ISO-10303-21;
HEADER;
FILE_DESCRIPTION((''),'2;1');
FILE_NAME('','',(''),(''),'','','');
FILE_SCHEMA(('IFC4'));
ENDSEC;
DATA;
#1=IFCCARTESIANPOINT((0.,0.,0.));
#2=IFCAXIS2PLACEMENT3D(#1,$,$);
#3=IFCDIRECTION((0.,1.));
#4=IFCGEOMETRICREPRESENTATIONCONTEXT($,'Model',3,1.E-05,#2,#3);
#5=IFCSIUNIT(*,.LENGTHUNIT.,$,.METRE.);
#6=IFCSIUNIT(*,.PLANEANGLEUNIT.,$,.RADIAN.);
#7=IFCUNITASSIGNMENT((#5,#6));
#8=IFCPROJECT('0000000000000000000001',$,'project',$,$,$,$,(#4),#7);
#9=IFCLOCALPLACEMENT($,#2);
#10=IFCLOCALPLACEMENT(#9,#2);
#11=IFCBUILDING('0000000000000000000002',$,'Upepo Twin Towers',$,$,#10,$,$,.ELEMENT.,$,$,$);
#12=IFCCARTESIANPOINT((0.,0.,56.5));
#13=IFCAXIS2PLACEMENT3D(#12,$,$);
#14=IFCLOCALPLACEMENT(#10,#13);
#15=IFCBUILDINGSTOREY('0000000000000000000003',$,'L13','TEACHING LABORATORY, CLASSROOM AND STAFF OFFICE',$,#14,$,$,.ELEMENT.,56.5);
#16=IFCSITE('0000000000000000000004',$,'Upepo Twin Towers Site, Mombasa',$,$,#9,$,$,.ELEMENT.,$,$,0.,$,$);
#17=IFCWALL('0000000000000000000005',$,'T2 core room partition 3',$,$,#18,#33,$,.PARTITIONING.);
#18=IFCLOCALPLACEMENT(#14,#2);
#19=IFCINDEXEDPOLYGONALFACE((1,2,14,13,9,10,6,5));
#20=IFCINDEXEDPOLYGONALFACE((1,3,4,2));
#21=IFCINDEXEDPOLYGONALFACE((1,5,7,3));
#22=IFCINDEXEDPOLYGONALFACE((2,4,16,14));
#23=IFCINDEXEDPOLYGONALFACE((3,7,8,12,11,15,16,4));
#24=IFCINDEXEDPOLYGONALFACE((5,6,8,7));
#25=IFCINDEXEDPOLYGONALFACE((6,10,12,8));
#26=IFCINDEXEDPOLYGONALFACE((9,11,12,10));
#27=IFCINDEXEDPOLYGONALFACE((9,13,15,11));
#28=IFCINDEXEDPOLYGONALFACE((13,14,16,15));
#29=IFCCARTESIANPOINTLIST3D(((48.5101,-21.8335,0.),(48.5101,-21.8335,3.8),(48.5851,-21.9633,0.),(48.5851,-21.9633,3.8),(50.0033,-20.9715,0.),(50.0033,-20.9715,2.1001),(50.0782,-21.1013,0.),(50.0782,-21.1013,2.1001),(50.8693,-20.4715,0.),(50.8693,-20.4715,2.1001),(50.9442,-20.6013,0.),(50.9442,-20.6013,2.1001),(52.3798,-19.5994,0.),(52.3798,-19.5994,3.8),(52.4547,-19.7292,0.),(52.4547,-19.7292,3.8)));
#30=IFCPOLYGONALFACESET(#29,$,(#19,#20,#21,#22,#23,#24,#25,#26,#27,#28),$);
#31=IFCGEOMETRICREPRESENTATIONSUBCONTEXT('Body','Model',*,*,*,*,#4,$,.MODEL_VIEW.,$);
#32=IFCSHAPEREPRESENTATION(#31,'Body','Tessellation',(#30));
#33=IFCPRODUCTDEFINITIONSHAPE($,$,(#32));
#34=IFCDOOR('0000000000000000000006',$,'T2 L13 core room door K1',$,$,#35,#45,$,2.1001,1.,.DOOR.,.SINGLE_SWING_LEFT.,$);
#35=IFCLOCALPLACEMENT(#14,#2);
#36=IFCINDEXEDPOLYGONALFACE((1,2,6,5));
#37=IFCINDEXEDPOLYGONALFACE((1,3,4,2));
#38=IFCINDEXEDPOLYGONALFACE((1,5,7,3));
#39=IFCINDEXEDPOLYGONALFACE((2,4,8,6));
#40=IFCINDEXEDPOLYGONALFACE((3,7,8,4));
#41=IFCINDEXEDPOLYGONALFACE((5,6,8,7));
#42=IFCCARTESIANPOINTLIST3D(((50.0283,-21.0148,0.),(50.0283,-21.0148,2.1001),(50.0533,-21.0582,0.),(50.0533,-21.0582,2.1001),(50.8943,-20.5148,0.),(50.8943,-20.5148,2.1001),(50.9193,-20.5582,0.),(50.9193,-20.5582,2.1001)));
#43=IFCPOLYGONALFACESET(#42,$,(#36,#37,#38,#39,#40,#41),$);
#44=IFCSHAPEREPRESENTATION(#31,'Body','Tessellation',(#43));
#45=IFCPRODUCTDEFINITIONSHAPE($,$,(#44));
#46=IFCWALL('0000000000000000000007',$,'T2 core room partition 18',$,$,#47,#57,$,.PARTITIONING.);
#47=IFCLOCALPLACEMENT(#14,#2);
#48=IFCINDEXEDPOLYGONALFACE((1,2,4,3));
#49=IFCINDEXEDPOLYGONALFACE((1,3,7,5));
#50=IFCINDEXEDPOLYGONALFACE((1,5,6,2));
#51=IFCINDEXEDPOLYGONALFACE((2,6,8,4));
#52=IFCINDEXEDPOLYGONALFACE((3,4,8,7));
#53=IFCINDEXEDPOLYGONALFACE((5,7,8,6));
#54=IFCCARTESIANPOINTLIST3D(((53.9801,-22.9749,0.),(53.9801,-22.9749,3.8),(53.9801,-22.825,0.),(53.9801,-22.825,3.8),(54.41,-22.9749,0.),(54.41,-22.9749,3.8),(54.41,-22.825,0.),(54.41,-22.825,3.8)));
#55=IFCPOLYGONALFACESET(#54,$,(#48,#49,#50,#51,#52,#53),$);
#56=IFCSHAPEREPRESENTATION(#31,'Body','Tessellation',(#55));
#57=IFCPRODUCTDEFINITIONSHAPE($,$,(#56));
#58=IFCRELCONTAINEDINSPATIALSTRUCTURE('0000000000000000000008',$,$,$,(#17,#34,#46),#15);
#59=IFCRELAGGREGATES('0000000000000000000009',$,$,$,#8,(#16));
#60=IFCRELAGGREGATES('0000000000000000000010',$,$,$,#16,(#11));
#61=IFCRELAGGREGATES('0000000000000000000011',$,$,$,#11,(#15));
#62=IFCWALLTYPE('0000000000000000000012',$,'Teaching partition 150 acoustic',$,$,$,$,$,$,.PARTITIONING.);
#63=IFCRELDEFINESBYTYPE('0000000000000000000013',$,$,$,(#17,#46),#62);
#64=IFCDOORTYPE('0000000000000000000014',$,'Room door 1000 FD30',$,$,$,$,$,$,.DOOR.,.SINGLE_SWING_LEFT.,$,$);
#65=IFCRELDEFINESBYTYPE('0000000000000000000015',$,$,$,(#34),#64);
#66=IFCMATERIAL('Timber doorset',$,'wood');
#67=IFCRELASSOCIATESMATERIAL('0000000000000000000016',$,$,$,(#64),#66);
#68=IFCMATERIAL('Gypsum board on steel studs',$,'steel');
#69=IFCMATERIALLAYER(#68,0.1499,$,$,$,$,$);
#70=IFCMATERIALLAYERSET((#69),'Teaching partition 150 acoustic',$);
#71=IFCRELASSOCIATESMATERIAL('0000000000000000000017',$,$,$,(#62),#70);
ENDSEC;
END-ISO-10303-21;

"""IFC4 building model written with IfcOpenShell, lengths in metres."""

from ifc_helpers import new_model, si_unit, direction, frame, frame_2d, origin, place, context, subcontext, project, spatial, rectangle, extrude, material, layer, layer_set, type_object, element, fill, save


model = new_model("IFC4")

# Units and contexts
model_context = context("Model", 3, precision=1e-05, world=origin(), true_north=direction((0.0, 1.0)))
body_context = subcontext(model_context, "Body", "Model", "MODEL_VIEW")
ifc_project = project(units=[si_unit("LENGTHUNIT", "METRE"), si_unit("PLANEANGLEUNIT", "RADIAN")], contexts=[model_context])

# Site, building, storey
site_placement = place(None, origin())
site = spatial("IfcSite", under=ifc_project, at=site_placement, Name="Upepo Twin Towers Site, Mombasa", CompositionType="ELEMENT", RefElevation=0.0)
building_placement = place(site_placement, origin())
building = spatial("IfcBuilding", under=site, at=building_placement, Name="Upepo Twin Towers", CompositionType="ELEMENT")
storey_placement = place(building_placement, frame((0.0, 0.0, 56.5)))
storey = spatial("IfcBuildingStorey", under=building, at=storey_placement, Name="L13", Description="TEACHING LABORATORY, CLASSROOM AND STAFF OFFICE", CompositionType="ELEMENT", Elevation=56.5)

# Shared definitions
ifc_material_1 = material(Name="Timber doorset", Category="wood")
door_type_1 = type_object("IfcDoorType", Name="Room door 1000 FD30", OperationType="SINGLE_SWING_LEFT", PredefinedType="DOOR", material=ifc_material_1)

# Shared definitions
ifc_material_2 = material(Name="Gypsum board on steel studs", Category="steel")
ifc_layer_1 = layer(ifc_material_2, 0.1499)
ifc_layer_set_1 = layer_set([ifc_layer_1], Name="Teaching partition 150 acoustic")
wall_type_1 = type_object("IfcWallType", Name="Teaching partition 150 acoustic", PredefinedType="PARTITIONING", material=ifc_layer_set_1)

# Wall, opening, door
wall_1_placement = place(storey_placement, frame((48.5476, -21.8984, 0.0), z_axis=(0.0, 0.0, 1.0), x_axis=(0.866025, 0.5, 0.0)))
wall_1 = element("IfcWall", 1, at=wall_1_placement, inside=storey, type_object=wall_type_1, Name="T2 core room partition 3", PredefinedType="PARTITIONING", context=body_context, shape_type="SweptSolid", body=[
    extrude(rectangle(XDim=4.4683, YDim=0.1499, at=frame_2d((2.2341, 0.0))), origin(), (0.0, 0.0, 1.0), 3.8),
])
opening_1_placement = place(wall_1_placement, frame((1.7241, 0.0, 0.0)))
opening_1 = element("IfcOpeningElement", 2, at=opening_1_placement, cuts=wall_1, PredefinedType="OPENING", context=body_context, shape_type="SweptSolid", body=[
    extrude(rectangle(XDim=1.0, YDim=2.1001, at=frame_2d((0.5, 1.05))), frame((0.0, 0.085, 0.0), z_axis=(0.0, -1.0, 0.0), x_axis=(1.0, 0.0, 0.0)), (0.0, 0.0, 1.0), 0.1699),
])
door_1_placement = place(opening_1_placement, origin())
door_1 = element("IfcDoor", 3, at=door_1_placement, inside=storey, type_object=door_type_1, Name="T2 L13 core room door K1", OperationType="SINGLE_SWING_LEFT", OverallHeight=2.1001, OverallWidth=1.0, PredefinedType="DOOR", context=body_context, shape_type="SweptSolid", body=[
    extrude(rectangle(XDim=1.0, YDim=2.1001, at=frame_2d((0.5, 1.05))), frame((0.0, 0.0249, 0.0), z_axis=(0.0, -1.0, 0.0), x_axis=(1.0, 0.0, 0.0)), (0.0, 0.0, 1.0), 0.05),
])
fill(opening_1, door_1)

# Wall
wall_2_placement = place(storey_placement, frame((54.4099, -22.8999, 0.0), z_axis=(0.0, 0.0, 1.0), x_axis=(-1.0, 0.0, 0.0)))
element("IfcWall", 4, at=wall_2_placement, inside=storey, type_object=wall_type_1, Name="T2 core room partition 18", PredefinedType="PARTITIONING", context=body_context, shape_type="SweptSolid", body=[
    extrude(rectangle(XDim=0.4299, YDim=0.1499, at=frame_2d((0.2148, 0.0))), origin(), (0.0, 0.0, 1.0), 3.8),
])

save(model, "model.ifc")
